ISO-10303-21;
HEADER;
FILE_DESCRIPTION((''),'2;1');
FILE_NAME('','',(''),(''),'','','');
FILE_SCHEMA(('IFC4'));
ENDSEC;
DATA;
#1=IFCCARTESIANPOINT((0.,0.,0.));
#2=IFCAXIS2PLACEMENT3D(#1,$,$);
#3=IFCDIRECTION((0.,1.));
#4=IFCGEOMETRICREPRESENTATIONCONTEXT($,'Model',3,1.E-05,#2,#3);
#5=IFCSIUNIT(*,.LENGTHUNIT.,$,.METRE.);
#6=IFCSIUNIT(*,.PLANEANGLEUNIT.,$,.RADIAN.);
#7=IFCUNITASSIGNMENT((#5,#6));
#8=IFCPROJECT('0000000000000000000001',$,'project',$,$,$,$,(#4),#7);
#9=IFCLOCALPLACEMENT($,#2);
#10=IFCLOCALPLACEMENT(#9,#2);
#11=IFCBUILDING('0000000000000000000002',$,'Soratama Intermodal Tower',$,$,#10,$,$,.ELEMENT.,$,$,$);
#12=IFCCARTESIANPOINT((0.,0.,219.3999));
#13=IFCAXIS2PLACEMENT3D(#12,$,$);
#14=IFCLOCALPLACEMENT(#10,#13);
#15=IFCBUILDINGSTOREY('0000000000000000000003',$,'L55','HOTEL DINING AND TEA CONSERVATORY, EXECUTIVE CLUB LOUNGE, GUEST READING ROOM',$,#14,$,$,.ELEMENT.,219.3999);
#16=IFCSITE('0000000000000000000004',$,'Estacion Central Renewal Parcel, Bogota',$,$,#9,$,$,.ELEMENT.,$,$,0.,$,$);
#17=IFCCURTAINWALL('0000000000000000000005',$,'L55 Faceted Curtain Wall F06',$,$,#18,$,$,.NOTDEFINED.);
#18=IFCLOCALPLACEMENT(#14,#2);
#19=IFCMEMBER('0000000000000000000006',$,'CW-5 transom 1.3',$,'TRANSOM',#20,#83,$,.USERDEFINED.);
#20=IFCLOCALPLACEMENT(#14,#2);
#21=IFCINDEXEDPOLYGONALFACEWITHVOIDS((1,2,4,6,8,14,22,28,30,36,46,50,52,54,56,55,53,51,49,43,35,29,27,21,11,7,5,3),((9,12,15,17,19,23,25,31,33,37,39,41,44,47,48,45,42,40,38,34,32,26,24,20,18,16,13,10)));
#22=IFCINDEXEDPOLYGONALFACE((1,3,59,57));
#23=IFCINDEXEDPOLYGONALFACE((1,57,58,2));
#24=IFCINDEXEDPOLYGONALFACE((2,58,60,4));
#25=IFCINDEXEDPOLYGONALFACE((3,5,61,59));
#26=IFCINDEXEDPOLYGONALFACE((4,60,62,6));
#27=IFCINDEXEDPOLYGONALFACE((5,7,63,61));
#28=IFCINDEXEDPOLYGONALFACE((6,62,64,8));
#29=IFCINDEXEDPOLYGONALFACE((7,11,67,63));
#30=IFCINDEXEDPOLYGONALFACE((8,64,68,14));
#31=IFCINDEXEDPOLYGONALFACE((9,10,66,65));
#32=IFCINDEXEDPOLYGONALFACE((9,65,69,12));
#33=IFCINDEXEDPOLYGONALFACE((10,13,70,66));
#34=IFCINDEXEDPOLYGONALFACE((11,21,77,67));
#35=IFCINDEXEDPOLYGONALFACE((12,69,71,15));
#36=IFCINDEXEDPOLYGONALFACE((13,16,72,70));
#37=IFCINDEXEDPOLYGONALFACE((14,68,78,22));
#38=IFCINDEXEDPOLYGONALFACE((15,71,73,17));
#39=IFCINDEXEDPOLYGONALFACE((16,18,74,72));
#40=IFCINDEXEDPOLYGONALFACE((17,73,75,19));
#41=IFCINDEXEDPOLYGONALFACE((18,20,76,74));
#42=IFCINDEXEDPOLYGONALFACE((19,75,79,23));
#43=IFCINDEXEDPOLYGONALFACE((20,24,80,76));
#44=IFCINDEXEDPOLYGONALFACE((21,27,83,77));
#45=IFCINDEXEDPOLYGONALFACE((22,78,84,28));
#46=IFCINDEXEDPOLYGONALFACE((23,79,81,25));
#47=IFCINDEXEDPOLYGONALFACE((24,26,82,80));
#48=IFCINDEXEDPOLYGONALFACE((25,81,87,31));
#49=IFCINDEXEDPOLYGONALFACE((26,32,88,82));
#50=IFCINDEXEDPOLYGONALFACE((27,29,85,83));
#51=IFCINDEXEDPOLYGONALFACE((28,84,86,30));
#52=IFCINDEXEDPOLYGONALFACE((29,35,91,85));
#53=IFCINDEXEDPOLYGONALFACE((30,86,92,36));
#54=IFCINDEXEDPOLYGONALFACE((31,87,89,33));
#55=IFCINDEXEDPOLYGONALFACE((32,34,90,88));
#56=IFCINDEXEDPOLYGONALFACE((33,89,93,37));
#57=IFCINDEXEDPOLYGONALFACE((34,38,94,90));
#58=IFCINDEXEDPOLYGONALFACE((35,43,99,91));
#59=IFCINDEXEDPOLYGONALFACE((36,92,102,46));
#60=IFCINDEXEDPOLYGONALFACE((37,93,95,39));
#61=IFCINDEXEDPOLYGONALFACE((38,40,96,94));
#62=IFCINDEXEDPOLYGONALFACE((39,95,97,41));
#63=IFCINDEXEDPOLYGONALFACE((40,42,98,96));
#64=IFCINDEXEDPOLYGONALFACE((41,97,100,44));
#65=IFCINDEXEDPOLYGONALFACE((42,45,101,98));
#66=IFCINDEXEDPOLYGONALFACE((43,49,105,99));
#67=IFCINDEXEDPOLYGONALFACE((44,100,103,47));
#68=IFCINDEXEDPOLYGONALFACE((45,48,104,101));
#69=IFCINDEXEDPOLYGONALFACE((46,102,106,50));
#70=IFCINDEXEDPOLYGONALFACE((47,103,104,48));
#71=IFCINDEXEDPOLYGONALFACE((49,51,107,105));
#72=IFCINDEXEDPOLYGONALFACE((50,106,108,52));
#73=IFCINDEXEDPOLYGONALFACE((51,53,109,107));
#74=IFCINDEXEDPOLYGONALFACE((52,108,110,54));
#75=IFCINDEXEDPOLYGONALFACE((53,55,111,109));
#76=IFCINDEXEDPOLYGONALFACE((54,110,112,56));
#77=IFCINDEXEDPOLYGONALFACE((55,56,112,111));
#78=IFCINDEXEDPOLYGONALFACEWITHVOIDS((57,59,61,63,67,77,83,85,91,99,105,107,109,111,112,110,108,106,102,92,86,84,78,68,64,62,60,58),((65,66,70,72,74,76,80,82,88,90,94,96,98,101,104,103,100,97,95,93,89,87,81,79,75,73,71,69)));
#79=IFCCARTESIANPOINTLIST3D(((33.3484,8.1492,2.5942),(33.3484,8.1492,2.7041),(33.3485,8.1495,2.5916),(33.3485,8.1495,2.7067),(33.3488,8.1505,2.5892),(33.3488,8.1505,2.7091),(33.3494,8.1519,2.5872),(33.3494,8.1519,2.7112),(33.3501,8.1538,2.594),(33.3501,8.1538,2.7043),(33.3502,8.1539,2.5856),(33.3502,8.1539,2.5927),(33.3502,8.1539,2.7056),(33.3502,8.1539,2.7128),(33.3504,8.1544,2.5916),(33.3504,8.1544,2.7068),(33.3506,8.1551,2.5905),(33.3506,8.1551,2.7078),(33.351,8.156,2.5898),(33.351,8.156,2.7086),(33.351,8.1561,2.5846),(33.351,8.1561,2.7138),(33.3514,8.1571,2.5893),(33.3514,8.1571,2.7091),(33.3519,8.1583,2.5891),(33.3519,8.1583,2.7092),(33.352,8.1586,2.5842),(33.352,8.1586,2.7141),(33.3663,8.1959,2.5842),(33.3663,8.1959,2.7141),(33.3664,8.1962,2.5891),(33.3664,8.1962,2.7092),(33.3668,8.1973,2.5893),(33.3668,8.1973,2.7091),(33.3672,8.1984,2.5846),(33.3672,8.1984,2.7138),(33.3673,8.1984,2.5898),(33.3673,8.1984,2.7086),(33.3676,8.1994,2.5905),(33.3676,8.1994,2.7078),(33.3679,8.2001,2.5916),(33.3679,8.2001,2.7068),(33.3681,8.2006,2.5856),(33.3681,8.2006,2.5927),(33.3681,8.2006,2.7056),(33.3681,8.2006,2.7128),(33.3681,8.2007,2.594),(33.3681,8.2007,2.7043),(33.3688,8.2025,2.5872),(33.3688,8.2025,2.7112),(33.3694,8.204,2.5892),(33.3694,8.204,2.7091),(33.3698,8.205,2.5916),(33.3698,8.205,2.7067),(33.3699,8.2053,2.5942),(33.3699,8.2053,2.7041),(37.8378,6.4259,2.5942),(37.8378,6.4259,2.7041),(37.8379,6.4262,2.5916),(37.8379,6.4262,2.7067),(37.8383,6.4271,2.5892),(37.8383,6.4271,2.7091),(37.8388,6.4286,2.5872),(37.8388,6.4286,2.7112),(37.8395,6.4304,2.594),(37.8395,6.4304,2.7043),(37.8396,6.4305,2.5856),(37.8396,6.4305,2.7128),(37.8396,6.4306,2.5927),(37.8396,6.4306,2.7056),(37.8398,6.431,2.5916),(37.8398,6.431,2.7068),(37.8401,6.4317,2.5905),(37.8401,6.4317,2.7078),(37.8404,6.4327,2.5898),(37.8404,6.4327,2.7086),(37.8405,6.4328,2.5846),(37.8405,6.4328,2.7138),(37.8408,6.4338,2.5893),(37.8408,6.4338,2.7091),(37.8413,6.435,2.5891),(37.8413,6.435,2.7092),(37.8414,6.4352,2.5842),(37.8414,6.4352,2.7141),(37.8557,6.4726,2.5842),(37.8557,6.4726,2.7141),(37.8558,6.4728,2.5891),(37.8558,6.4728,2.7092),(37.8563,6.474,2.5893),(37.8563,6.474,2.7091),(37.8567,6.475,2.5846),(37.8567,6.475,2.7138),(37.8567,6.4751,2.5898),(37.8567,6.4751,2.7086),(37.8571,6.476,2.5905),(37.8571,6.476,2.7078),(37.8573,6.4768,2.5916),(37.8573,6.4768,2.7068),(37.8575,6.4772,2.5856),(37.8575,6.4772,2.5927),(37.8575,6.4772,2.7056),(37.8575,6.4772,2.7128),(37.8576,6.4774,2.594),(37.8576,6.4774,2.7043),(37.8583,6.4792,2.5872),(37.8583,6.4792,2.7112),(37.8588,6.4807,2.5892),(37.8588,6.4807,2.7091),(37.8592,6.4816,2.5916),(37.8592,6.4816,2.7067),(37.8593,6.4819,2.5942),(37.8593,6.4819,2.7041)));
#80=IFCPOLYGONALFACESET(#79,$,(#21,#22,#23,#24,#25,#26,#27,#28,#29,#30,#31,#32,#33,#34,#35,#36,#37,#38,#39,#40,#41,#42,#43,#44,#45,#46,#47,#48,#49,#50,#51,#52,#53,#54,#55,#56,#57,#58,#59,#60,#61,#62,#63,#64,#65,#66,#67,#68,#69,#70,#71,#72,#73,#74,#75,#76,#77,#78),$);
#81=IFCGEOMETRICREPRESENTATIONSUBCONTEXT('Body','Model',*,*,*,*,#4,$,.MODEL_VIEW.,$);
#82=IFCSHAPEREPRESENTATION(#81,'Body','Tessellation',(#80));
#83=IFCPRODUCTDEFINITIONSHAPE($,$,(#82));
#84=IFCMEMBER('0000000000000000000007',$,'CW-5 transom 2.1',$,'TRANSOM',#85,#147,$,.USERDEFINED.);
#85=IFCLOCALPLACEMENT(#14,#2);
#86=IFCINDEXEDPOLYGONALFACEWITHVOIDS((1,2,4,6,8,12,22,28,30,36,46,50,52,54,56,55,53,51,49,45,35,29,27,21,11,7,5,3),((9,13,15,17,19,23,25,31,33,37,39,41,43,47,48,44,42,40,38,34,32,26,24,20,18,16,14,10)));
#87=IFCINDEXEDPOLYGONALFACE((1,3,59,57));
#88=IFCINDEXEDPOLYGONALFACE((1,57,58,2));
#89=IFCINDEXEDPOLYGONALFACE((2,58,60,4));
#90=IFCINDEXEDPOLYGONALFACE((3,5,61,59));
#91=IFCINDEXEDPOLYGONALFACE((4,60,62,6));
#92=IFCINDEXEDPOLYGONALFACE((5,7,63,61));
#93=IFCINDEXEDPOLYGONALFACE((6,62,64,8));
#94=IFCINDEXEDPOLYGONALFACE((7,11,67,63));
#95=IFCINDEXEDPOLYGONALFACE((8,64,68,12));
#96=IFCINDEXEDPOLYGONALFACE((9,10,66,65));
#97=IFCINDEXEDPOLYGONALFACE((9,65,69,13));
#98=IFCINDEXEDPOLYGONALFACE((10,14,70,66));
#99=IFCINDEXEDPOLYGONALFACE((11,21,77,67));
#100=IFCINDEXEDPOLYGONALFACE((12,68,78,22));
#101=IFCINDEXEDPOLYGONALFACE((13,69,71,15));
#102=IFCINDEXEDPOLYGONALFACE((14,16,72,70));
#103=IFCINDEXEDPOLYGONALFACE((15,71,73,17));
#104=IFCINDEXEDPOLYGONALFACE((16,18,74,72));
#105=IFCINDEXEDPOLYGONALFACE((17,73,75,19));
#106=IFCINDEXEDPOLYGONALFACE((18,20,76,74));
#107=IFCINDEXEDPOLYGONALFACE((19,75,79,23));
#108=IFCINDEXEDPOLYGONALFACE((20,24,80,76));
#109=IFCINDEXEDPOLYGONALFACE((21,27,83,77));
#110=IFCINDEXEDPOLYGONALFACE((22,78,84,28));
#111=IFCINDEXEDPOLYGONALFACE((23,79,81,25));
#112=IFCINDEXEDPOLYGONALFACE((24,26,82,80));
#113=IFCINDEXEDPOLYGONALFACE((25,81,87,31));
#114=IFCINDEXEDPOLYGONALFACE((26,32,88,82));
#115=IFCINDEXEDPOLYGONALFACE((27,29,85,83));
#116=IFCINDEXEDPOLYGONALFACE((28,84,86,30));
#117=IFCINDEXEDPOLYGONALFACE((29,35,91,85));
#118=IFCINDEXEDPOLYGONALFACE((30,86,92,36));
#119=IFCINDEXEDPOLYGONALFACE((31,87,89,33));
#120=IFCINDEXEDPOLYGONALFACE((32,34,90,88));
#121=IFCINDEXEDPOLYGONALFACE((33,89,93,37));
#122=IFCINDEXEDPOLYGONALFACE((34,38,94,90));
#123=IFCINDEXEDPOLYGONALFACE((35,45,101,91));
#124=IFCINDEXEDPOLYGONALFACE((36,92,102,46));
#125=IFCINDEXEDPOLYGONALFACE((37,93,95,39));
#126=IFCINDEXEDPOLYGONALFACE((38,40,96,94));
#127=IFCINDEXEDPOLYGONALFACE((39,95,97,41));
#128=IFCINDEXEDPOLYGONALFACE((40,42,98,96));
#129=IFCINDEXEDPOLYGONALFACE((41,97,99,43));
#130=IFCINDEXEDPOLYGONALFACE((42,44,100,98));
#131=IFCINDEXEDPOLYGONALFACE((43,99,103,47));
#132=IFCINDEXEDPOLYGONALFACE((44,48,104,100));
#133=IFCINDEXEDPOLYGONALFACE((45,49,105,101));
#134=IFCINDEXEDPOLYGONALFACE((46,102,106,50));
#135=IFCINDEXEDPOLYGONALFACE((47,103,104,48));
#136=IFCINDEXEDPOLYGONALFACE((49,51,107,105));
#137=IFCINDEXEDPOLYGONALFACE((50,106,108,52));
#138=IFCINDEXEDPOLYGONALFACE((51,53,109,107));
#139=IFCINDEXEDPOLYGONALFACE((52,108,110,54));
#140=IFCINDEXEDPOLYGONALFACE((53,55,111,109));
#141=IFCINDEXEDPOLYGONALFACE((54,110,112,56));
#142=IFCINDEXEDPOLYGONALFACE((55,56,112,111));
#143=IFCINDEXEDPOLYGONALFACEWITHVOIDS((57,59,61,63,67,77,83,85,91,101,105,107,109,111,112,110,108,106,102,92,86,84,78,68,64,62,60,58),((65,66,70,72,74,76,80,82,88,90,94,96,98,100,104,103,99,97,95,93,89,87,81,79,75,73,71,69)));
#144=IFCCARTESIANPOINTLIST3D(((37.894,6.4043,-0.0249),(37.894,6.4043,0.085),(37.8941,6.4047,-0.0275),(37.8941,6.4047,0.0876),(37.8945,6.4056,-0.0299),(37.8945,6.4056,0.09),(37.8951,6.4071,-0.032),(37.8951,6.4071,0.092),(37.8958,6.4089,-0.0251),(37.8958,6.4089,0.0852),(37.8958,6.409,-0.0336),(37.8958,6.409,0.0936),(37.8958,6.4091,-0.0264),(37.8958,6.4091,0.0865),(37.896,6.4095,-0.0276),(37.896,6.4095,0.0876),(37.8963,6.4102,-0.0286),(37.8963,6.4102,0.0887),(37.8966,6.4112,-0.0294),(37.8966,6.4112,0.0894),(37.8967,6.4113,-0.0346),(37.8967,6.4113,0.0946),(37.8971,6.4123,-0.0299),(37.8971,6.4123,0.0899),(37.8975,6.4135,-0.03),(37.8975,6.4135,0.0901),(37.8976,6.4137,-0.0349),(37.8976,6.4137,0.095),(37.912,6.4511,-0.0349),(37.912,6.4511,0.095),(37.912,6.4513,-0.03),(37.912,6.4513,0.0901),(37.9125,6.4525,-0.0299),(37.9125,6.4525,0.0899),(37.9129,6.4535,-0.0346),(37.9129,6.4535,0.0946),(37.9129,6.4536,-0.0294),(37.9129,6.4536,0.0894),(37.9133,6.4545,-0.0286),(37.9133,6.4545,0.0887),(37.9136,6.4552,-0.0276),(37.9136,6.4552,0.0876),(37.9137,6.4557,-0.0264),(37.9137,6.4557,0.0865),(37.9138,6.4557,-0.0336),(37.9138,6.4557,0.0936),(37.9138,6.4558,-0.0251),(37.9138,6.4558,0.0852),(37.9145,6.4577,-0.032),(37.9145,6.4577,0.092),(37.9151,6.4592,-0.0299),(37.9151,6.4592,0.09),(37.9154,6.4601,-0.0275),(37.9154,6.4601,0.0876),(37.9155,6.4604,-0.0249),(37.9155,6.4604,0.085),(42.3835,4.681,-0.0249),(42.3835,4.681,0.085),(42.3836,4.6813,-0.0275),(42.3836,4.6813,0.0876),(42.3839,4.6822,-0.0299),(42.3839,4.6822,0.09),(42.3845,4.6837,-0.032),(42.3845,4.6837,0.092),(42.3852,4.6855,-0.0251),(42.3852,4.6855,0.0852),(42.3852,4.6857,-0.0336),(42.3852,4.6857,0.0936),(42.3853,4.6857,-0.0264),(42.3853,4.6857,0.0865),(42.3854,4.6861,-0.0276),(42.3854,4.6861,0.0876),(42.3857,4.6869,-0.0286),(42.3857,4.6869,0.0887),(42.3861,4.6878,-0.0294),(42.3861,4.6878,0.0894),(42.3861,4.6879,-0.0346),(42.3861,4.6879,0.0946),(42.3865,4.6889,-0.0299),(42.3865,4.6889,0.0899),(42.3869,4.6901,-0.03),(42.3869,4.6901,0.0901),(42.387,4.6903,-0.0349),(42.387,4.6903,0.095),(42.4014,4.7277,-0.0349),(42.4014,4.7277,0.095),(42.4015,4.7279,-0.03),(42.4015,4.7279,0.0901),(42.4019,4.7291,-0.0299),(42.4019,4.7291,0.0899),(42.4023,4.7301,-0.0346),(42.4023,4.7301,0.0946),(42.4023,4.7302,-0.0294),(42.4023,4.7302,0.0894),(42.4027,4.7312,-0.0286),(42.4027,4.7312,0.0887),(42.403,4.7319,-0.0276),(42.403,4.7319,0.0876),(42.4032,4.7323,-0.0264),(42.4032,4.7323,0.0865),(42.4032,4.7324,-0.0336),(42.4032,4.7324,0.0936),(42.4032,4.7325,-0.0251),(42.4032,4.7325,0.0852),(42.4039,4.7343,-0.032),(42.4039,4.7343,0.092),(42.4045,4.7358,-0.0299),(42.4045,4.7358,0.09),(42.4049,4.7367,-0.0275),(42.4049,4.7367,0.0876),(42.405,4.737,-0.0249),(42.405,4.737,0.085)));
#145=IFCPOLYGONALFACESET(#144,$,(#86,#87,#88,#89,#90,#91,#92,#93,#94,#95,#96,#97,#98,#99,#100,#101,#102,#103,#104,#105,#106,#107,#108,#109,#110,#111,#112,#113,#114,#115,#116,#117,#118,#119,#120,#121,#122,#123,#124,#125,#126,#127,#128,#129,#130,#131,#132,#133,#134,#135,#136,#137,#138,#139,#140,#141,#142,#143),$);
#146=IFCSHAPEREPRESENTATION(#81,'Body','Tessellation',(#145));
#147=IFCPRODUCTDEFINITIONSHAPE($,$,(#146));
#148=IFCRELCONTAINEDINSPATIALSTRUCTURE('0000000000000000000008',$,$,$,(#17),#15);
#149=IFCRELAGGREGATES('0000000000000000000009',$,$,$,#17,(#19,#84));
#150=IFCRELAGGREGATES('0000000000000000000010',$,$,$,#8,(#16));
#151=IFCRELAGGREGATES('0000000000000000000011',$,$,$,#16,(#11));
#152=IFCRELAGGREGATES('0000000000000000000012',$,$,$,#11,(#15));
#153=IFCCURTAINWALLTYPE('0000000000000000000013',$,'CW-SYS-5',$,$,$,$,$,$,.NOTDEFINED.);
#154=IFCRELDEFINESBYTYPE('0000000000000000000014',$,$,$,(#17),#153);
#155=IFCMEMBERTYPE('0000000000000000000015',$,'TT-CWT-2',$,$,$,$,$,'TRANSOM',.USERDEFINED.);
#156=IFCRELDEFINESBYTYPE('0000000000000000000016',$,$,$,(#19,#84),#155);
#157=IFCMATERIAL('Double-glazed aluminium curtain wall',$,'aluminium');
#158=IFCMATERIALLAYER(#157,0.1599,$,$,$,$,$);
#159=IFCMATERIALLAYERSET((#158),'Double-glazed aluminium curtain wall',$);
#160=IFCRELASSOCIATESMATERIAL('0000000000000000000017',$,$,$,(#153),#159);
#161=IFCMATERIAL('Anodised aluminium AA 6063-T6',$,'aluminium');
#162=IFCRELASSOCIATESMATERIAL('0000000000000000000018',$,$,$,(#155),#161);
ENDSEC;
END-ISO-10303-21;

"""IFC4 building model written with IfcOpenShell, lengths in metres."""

from ifc_helpers import new_model, si_unit, direction, frame, origin, origin_2d, place, context, subcontext, project, spatial, hollow_rectangle, extrude, material, layer, layer_set, material_profile, profile_set, type_object, element, aggregate, save


model = new_model("IFC4")

# Units and contexts
model_context = context("Model", 3, precision=1e-05, world=origin(), true_north=direction((0.0, 1.0)))
body_context = subcontext(model_context, "Body", "Model", "MODEL_VIEW")
ifc_project = project(units=[si_unit("LENGTHUNIT", "METRE"), si_unit("PLANEANGLEUNIT", "RADIAN")], contexts=[model_context])

# Site, building, storey
site_placement = place(None, origin())
site = spatial("IfcSite", under=ifc_project, at=site_placement, Name="Estacion Central Renewal Parcel, Bogota", CompositionType="ELEMENT", RefElevation=0.0)
building_placement = place(site_placement, origin())
building = spatial("IfcBuilding", under=site, at=building_placement, Name="Soratama Intermodal Tower", CompositionType="ELEMENT")
storey_placement = place(building_placement, frame((0.0, 0.0, 219.3999)))
storey = spatial("IfcBuildingStorey", under=building, at=storey_placement, Name="L55", Description="HOTEL DINING AND TEA CONSERVATORY, EXECUTIVE CLUB LOUNGE, GUEST READING ROOM", CompositionType="ELEMENT", Elevation=219.3999)

# Curtain wall, members
ifc_material_1 = material(Name="Double-glazed aluminium curtain wall", Category="aluminium")
ifc_layer_1 = layer(ifc_material_1, 0.1599)
ifc_layer_set_1 = layer_set([ifc_layer_1], Name="Double-glazed aluminium curtain wall")
curtain_wall_type = type_object("IfcCurtainWallType", Name="CW-SYS-5", PredefinedType="NOTDEFINED", material=ifc_layer_set_1)
curtain_wall_placement = place(storey_placement, origin())
curtain_wall = element("IfcCurtainWall", 1, at=curtain_wall_placement, inside=storey, type_object=curtain_wall_type, Name="L55 Faceted Curtain Wall F06", PredefinedType="NOTDEFINED")
ifc_material_2 = material(Name="Anodised aluminium AA 6063-T6", Category="aluminium")
ifc_material_profile_1 = material_profile(ifc_material_2, hollow_rectangle(XDim=0.0601, YDim=0.1299, WallThickness=0.0049, InnerFilletRadius=0.0049, OuterFilletRadius=0.01, at=origin_2d()), Name="CWT130X60X5")
ifc_profile_set_1 = profile_set([ifc_material_profile_1], Name="Anodised aluminium AA 6063-T6")
member_type_1 = type_object("IfcMemberType", Name="TT-CWT-2", ElementType="TRANSOM", PredefinedType="USERDEFINED", material=ifc_profile_set_1)
member_1_placement = place(storey_placement, frame((33.3591, 8.1772, 2.6492), z_axis=(0.933578, -0.358373, 0.0), x_axis=(0.358373, 0.933578, 0.0)))
member_1 = element("IfcMember", 2, at=member_1_placement, type_object=member_type_1, Name="CW-5 transom 1.3", ObjectType="TRANSOM", PredefinedType="USERDEFINED", context=body_context, shape_type="SweptSolid", body=[
    extrude(hollow_rectangle(XDim=0.0601, YDim=0.1299, WallThickness=0.0049, InnerFilletRadius=0.0049, OuterFilletRadius=0.01, at=origin_2d()), origin(), (0.0, 0.0, 1.0), 4.8088),
])
member_2_placement = place(storey_placement, frame((37.9048, 6.4324, 0.03), z_axis=(0.933578, -0.358373, 0.0), x_axis=(0.358373, 0.933578, 0.0)))
member_2 = element("IfcMember", 3, at=member_2_placement, type_object=member_type_1, Name="CW-5 transom 2.1", ObjectType="TRANSOM", PredefinedType="USERDEFINED", context=body_context, shape_type="SweptSolid", body=[
    extrude(hollow_rectangle(XDim=0.0601, YDim=0.1299, WallThickness=0.0049, InnerFilletRadius=0.0049, OuterFilletRadius=0.01, at=origin_2d()), origin(), (0.0, 0.0, 1.0), 4.8088),
])
aggregate(curtain_wall, [member_1, member_2])

save(model, "model.ifc")
